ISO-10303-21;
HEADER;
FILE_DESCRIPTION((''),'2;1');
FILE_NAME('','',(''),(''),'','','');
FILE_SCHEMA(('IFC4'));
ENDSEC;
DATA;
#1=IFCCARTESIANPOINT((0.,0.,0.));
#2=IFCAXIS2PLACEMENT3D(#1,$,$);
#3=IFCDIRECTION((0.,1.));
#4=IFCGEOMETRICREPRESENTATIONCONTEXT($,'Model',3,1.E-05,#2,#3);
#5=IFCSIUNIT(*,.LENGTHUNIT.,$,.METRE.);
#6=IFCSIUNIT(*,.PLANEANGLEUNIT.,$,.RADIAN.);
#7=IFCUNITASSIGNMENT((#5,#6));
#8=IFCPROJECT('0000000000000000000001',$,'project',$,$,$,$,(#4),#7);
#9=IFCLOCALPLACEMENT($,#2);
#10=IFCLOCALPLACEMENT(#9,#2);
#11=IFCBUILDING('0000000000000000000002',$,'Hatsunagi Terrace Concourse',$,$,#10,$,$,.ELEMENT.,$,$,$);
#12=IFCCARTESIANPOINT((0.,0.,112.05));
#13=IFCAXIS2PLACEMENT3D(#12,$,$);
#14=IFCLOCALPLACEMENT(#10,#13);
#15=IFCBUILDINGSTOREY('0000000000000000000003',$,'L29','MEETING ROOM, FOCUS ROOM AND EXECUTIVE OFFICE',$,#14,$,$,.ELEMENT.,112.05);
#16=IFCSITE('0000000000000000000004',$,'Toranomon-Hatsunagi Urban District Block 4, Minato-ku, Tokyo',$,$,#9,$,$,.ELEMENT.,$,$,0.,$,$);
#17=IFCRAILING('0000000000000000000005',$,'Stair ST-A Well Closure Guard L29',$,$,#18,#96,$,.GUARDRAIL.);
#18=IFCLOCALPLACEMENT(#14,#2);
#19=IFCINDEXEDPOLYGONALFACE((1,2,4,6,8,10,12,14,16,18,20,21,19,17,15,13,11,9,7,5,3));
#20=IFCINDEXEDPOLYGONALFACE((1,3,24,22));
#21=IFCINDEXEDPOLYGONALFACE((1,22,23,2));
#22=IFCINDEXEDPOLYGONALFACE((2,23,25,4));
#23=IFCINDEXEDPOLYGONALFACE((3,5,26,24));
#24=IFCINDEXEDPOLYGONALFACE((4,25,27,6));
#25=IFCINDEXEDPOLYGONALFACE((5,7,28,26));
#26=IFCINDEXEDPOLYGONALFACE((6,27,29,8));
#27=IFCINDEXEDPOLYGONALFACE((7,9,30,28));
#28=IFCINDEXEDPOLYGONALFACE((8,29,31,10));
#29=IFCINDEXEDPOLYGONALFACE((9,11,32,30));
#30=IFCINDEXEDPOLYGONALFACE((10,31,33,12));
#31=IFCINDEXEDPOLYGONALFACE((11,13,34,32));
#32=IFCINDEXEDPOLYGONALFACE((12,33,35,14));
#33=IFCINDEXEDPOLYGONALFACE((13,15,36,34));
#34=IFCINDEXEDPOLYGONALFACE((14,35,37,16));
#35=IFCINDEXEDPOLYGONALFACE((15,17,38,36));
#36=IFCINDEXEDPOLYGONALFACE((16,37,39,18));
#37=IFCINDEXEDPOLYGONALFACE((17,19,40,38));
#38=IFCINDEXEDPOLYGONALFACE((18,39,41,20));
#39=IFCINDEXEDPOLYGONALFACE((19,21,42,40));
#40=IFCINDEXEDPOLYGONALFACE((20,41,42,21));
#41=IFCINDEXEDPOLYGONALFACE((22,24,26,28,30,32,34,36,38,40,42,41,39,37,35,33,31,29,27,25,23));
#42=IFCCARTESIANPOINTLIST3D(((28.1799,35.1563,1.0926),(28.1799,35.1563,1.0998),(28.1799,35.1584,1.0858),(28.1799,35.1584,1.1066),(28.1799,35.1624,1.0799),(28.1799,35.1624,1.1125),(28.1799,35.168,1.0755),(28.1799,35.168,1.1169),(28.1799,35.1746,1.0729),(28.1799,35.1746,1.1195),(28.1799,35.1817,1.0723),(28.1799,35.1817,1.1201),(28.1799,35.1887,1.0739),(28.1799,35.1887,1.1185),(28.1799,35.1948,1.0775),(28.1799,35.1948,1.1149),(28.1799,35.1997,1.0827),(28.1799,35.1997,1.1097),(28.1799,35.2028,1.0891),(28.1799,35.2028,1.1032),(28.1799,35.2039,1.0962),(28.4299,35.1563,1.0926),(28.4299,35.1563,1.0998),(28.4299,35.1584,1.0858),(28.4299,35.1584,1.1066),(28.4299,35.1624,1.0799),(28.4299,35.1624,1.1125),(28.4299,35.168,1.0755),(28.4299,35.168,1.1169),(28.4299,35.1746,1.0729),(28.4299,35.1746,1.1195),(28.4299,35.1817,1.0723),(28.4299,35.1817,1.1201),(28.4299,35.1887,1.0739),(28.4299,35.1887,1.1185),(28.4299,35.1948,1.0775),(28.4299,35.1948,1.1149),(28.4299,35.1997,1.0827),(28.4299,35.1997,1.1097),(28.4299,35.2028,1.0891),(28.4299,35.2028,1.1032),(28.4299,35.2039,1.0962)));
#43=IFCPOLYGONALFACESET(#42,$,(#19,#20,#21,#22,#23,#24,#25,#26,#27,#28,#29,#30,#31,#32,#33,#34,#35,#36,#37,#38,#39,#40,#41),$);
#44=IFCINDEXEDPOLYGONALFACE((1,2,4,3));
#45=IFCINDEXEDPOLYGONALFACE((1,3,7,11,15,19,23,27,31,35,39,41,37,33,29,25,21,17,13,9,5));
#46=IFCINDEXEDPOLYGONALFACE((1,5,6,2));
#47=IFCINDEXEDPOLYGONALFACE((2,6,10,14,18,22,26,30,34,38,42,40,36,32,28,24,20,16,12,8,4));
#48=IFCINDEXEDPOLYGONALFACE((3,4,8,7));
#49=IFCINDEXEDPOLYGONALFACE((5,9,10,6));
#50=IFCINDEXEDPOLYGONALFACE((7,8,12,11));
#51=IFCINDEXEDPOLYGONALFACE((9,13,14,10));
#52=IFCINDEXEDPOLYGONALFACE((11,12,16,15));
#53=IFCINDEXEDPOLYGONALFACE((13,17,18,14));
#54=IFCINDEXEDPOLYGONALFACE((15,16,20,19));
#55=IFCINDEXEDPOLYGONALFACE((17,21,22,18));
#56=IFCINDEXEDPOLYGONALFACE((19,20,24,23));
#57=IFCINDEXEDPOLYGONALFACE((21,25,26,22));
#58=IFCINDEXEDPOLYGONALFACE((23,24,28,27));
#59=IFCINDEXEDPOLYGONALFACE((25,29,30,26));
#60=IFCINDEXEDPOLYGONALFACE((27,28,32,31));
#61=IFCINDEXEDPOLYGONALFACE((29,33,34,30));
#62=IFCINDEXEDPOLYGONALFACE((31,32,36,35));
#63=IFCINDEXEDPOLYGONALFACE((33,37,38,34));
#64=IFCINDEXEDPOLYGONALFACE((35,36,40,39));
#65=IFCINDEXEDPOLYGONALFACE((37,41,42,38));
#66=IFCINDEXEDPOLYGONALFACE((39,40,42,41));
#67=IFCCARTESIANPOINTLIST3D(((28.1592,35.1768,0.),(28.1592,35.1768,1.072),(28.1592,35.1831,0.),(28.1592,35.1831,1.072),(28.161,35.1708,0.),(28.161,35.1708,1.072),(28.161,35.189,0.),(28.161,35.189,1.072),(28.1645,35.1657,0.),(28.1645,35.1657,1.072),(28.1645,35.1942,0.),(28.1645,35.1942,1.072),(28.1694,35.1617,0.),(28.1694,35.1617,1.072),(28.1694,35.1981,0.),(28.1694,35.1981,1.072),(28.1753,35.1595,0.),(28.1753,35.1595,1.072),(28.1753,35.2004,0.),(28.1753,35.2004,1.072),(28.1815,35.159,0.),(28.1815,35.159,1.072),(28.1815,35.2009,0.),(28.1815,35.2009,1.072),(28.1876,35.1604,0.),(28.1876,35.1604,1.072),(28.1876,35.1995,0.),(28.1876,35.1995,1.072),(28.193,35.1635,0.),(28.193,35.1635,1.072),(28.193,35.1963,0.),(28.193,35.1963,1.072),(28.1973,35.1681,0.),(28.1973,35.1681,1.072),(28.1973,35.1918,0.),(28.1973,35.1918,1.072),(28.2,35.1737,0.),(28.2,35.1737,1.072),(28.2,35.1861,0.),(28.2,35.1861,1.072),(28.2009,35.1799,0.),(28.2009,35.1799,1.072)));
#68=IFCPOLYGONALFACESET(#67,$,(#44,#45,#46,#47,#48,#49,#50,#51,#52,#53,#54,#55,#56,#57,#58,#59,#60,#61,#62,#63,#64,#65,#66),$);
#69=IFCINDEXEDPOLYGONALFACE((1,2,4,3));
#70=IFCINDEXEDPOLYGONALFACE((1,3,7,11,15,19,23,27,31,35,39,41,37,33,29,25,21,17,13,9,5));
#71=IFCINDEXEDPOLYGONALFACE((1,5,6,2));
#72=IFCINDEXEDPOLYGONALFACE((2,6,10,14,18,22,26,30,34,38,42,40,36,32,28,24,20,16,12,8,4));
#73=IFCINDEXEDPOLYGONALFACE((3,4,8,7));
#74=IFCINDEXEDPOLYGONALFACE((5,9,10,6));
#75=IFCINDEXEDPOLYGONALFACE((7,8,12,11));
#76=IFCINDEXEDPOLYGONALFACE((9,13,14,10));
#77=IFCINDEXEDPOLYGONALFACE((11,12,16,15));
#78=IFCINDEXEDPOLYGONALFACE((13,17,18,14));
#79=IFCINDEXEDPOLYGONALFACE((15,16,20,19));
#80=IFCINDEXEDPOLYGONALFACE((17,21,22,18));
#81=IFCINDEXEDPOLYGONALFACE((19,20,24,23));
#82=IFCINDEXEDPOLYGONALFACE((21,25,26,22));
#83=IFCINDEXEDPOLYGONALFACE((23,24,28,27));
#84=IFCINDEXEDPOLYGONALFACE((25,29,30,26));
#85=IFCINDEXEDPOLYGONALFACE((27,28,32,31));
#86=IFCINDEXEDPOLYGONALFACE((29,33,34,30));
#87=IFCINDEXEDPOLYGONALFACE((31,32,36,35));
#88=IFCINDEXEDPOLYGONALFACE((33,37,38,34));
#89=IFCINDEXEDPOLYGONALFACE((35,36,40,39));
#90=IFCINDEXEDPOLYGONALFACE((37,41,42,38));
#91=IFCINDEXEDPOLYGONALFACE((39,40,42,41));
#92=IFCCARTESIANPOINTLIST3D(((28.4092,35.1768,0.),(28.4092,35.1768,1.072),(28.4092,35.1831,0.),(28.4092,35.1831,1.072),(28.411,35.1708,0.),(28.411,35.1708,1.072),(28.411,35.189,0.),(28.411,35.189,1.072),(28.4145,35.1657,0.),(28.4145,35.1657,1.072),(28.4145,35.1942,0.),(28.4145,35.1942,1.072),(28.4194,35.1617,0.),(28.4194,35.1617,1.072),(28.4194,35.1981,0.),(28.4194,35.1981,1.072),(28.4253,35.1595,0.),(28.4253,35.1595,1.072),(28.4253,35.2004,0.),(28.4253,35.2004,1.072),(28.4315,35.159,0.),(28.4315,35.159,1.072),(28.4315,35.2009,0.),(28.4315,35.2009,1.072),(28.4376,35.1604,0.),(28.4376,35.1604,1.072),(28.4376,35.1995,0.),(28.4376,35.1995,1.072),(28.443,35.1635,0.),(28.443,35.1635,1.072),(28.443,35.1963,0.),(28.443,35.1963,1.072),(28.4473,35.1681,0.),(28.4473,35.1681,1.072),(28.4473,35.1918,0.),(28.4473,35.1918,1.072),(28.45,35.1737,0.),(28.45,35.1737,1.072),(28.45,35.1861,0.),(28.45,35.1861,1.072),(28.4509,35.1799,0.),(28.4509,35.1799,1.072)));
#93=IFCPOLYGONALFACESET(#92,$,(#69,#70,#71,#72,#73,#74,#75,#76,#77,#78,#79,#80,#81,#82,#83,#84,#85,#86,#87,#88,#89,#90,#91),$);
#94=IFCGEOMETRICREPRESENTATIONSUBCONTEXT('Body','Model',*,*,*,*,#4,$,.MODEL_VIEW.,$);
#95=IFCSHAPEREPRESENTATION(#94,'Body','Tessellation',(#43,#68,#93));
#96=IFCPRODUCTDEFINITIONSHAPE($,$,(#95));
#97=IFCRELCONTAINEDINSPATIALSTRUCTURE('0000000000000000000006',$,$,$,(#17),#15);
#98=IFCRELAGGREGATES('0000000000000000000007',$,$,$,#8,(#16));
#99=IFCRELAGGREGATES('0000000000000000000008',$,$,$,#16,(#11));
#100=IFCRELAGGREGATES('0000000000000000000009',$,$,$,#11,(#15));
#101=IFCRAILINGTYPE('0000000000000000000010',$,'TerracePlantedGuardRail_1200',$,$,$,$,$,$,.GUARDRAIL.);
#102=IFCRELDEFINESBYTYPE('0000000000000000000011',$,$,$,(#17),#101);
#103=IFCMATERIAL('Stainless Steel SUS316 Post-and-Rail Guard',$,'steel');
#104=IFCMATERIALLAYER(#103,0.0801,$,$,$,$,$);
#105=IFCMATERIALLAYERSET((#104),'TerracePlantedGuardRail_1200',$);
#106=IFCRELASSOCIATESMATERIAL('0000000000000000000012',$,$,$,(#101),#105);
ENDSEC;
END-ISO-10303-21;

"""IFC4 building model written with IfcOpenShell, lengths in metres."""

from ifc_helpers import new_model, si_unit, direction, frame, origin, origin_2d, place, context, subcontext, project, spatial, circle, extrude, material, layer, layer_set, type_object, element, save


model = new_model("IFC4")

# Units and contexts
model_context = context("Model", 3, precision=1e-05, world=origin(), true_north=direction((0.0, 1.0)))
body_context = subcontext(model_context, "Body", "Model", "MODEL_VIEW")
ifc_project = project(units=[si_unit("LENGTHUNIT", "METRE"), si_unit("PLANEANGLEUNIT", "RADIAN")], contexts=[model_context])

# Site, building, storey
site_placement = place(None, origin())
site = spatial("IfcSite", under=ifc_project, at=site_placement, Name="Toranomon-Hatsunagi Urban District Block 4, Minato-ku, Tokyo", CompositionType="ELEMENT", RefElevation=0.0)
building_placement = place(site_placement, origin())
building = spatial("IfcBuilding", under=site, at=building_placement, Name="Hatsunagi Terrace Concourse", CompositionType="ELEMENT")
storey_placement = place(building_placement, frame((0.0, 0.0, 112.05)))
storey = spatial("IfcBuildingStorey", under=building, at=storey_placement, Name="L29", Description="MEETING ROOM, FOCUS ROOM AND EXECUTIVE OFFICE", CompositionType="ELEMENT", Elevation=112.05)

# Railing
ifc_material_1 = material(Name="Stainless Steel SUS316 Post-and-Rail Guard", Category="steel")
ifc_layer_1 = layer(ifc_material_1, 0.0801)
ifc_layer_set_1 = layer_set([ifc_layer_1], Name="TerracePlantedGuardRail_1200")
railing_type_1 = type_object("IfcRailingType", Name="TerracePlantedGuardRail_1200", PredefinedType="GUARDRAIL", material=ifc_layer_set_1)
railing_1_placement = place(storey_placement, frame((28.1799, 35.1799, 0.0)))
element("IfcRailing", 1, at=railing_1_placement, inside=storey, type_object=railing_type_1, Name="Stair ST-A Well Closure Guard L29", PredefinedType="GUARDRAIL", context=body_context, shape_type="SweptSolid", body=[
    extrude(circle(Radius=0.0239, at=origin_2d()), frame((0.0, 0.0, 1.0962), z_axis=(1.0, 0.0, 0.0), x_axis=(0.0, 1.0, 0.0)), (0.0, 0.0, 1.0), 0.25),
    extrude(circle(Radius=0.021, at=origin_2d()), origin(), (0.0, 0.0, 1.0), 1.072),
    extrude(circle(Radius=0.021, at=origin_2d()), frame((0.25, 0.0, 0.0)), (0.0, 0.0, 1.0), 1.072),
])

save(model, "model.ifc")
